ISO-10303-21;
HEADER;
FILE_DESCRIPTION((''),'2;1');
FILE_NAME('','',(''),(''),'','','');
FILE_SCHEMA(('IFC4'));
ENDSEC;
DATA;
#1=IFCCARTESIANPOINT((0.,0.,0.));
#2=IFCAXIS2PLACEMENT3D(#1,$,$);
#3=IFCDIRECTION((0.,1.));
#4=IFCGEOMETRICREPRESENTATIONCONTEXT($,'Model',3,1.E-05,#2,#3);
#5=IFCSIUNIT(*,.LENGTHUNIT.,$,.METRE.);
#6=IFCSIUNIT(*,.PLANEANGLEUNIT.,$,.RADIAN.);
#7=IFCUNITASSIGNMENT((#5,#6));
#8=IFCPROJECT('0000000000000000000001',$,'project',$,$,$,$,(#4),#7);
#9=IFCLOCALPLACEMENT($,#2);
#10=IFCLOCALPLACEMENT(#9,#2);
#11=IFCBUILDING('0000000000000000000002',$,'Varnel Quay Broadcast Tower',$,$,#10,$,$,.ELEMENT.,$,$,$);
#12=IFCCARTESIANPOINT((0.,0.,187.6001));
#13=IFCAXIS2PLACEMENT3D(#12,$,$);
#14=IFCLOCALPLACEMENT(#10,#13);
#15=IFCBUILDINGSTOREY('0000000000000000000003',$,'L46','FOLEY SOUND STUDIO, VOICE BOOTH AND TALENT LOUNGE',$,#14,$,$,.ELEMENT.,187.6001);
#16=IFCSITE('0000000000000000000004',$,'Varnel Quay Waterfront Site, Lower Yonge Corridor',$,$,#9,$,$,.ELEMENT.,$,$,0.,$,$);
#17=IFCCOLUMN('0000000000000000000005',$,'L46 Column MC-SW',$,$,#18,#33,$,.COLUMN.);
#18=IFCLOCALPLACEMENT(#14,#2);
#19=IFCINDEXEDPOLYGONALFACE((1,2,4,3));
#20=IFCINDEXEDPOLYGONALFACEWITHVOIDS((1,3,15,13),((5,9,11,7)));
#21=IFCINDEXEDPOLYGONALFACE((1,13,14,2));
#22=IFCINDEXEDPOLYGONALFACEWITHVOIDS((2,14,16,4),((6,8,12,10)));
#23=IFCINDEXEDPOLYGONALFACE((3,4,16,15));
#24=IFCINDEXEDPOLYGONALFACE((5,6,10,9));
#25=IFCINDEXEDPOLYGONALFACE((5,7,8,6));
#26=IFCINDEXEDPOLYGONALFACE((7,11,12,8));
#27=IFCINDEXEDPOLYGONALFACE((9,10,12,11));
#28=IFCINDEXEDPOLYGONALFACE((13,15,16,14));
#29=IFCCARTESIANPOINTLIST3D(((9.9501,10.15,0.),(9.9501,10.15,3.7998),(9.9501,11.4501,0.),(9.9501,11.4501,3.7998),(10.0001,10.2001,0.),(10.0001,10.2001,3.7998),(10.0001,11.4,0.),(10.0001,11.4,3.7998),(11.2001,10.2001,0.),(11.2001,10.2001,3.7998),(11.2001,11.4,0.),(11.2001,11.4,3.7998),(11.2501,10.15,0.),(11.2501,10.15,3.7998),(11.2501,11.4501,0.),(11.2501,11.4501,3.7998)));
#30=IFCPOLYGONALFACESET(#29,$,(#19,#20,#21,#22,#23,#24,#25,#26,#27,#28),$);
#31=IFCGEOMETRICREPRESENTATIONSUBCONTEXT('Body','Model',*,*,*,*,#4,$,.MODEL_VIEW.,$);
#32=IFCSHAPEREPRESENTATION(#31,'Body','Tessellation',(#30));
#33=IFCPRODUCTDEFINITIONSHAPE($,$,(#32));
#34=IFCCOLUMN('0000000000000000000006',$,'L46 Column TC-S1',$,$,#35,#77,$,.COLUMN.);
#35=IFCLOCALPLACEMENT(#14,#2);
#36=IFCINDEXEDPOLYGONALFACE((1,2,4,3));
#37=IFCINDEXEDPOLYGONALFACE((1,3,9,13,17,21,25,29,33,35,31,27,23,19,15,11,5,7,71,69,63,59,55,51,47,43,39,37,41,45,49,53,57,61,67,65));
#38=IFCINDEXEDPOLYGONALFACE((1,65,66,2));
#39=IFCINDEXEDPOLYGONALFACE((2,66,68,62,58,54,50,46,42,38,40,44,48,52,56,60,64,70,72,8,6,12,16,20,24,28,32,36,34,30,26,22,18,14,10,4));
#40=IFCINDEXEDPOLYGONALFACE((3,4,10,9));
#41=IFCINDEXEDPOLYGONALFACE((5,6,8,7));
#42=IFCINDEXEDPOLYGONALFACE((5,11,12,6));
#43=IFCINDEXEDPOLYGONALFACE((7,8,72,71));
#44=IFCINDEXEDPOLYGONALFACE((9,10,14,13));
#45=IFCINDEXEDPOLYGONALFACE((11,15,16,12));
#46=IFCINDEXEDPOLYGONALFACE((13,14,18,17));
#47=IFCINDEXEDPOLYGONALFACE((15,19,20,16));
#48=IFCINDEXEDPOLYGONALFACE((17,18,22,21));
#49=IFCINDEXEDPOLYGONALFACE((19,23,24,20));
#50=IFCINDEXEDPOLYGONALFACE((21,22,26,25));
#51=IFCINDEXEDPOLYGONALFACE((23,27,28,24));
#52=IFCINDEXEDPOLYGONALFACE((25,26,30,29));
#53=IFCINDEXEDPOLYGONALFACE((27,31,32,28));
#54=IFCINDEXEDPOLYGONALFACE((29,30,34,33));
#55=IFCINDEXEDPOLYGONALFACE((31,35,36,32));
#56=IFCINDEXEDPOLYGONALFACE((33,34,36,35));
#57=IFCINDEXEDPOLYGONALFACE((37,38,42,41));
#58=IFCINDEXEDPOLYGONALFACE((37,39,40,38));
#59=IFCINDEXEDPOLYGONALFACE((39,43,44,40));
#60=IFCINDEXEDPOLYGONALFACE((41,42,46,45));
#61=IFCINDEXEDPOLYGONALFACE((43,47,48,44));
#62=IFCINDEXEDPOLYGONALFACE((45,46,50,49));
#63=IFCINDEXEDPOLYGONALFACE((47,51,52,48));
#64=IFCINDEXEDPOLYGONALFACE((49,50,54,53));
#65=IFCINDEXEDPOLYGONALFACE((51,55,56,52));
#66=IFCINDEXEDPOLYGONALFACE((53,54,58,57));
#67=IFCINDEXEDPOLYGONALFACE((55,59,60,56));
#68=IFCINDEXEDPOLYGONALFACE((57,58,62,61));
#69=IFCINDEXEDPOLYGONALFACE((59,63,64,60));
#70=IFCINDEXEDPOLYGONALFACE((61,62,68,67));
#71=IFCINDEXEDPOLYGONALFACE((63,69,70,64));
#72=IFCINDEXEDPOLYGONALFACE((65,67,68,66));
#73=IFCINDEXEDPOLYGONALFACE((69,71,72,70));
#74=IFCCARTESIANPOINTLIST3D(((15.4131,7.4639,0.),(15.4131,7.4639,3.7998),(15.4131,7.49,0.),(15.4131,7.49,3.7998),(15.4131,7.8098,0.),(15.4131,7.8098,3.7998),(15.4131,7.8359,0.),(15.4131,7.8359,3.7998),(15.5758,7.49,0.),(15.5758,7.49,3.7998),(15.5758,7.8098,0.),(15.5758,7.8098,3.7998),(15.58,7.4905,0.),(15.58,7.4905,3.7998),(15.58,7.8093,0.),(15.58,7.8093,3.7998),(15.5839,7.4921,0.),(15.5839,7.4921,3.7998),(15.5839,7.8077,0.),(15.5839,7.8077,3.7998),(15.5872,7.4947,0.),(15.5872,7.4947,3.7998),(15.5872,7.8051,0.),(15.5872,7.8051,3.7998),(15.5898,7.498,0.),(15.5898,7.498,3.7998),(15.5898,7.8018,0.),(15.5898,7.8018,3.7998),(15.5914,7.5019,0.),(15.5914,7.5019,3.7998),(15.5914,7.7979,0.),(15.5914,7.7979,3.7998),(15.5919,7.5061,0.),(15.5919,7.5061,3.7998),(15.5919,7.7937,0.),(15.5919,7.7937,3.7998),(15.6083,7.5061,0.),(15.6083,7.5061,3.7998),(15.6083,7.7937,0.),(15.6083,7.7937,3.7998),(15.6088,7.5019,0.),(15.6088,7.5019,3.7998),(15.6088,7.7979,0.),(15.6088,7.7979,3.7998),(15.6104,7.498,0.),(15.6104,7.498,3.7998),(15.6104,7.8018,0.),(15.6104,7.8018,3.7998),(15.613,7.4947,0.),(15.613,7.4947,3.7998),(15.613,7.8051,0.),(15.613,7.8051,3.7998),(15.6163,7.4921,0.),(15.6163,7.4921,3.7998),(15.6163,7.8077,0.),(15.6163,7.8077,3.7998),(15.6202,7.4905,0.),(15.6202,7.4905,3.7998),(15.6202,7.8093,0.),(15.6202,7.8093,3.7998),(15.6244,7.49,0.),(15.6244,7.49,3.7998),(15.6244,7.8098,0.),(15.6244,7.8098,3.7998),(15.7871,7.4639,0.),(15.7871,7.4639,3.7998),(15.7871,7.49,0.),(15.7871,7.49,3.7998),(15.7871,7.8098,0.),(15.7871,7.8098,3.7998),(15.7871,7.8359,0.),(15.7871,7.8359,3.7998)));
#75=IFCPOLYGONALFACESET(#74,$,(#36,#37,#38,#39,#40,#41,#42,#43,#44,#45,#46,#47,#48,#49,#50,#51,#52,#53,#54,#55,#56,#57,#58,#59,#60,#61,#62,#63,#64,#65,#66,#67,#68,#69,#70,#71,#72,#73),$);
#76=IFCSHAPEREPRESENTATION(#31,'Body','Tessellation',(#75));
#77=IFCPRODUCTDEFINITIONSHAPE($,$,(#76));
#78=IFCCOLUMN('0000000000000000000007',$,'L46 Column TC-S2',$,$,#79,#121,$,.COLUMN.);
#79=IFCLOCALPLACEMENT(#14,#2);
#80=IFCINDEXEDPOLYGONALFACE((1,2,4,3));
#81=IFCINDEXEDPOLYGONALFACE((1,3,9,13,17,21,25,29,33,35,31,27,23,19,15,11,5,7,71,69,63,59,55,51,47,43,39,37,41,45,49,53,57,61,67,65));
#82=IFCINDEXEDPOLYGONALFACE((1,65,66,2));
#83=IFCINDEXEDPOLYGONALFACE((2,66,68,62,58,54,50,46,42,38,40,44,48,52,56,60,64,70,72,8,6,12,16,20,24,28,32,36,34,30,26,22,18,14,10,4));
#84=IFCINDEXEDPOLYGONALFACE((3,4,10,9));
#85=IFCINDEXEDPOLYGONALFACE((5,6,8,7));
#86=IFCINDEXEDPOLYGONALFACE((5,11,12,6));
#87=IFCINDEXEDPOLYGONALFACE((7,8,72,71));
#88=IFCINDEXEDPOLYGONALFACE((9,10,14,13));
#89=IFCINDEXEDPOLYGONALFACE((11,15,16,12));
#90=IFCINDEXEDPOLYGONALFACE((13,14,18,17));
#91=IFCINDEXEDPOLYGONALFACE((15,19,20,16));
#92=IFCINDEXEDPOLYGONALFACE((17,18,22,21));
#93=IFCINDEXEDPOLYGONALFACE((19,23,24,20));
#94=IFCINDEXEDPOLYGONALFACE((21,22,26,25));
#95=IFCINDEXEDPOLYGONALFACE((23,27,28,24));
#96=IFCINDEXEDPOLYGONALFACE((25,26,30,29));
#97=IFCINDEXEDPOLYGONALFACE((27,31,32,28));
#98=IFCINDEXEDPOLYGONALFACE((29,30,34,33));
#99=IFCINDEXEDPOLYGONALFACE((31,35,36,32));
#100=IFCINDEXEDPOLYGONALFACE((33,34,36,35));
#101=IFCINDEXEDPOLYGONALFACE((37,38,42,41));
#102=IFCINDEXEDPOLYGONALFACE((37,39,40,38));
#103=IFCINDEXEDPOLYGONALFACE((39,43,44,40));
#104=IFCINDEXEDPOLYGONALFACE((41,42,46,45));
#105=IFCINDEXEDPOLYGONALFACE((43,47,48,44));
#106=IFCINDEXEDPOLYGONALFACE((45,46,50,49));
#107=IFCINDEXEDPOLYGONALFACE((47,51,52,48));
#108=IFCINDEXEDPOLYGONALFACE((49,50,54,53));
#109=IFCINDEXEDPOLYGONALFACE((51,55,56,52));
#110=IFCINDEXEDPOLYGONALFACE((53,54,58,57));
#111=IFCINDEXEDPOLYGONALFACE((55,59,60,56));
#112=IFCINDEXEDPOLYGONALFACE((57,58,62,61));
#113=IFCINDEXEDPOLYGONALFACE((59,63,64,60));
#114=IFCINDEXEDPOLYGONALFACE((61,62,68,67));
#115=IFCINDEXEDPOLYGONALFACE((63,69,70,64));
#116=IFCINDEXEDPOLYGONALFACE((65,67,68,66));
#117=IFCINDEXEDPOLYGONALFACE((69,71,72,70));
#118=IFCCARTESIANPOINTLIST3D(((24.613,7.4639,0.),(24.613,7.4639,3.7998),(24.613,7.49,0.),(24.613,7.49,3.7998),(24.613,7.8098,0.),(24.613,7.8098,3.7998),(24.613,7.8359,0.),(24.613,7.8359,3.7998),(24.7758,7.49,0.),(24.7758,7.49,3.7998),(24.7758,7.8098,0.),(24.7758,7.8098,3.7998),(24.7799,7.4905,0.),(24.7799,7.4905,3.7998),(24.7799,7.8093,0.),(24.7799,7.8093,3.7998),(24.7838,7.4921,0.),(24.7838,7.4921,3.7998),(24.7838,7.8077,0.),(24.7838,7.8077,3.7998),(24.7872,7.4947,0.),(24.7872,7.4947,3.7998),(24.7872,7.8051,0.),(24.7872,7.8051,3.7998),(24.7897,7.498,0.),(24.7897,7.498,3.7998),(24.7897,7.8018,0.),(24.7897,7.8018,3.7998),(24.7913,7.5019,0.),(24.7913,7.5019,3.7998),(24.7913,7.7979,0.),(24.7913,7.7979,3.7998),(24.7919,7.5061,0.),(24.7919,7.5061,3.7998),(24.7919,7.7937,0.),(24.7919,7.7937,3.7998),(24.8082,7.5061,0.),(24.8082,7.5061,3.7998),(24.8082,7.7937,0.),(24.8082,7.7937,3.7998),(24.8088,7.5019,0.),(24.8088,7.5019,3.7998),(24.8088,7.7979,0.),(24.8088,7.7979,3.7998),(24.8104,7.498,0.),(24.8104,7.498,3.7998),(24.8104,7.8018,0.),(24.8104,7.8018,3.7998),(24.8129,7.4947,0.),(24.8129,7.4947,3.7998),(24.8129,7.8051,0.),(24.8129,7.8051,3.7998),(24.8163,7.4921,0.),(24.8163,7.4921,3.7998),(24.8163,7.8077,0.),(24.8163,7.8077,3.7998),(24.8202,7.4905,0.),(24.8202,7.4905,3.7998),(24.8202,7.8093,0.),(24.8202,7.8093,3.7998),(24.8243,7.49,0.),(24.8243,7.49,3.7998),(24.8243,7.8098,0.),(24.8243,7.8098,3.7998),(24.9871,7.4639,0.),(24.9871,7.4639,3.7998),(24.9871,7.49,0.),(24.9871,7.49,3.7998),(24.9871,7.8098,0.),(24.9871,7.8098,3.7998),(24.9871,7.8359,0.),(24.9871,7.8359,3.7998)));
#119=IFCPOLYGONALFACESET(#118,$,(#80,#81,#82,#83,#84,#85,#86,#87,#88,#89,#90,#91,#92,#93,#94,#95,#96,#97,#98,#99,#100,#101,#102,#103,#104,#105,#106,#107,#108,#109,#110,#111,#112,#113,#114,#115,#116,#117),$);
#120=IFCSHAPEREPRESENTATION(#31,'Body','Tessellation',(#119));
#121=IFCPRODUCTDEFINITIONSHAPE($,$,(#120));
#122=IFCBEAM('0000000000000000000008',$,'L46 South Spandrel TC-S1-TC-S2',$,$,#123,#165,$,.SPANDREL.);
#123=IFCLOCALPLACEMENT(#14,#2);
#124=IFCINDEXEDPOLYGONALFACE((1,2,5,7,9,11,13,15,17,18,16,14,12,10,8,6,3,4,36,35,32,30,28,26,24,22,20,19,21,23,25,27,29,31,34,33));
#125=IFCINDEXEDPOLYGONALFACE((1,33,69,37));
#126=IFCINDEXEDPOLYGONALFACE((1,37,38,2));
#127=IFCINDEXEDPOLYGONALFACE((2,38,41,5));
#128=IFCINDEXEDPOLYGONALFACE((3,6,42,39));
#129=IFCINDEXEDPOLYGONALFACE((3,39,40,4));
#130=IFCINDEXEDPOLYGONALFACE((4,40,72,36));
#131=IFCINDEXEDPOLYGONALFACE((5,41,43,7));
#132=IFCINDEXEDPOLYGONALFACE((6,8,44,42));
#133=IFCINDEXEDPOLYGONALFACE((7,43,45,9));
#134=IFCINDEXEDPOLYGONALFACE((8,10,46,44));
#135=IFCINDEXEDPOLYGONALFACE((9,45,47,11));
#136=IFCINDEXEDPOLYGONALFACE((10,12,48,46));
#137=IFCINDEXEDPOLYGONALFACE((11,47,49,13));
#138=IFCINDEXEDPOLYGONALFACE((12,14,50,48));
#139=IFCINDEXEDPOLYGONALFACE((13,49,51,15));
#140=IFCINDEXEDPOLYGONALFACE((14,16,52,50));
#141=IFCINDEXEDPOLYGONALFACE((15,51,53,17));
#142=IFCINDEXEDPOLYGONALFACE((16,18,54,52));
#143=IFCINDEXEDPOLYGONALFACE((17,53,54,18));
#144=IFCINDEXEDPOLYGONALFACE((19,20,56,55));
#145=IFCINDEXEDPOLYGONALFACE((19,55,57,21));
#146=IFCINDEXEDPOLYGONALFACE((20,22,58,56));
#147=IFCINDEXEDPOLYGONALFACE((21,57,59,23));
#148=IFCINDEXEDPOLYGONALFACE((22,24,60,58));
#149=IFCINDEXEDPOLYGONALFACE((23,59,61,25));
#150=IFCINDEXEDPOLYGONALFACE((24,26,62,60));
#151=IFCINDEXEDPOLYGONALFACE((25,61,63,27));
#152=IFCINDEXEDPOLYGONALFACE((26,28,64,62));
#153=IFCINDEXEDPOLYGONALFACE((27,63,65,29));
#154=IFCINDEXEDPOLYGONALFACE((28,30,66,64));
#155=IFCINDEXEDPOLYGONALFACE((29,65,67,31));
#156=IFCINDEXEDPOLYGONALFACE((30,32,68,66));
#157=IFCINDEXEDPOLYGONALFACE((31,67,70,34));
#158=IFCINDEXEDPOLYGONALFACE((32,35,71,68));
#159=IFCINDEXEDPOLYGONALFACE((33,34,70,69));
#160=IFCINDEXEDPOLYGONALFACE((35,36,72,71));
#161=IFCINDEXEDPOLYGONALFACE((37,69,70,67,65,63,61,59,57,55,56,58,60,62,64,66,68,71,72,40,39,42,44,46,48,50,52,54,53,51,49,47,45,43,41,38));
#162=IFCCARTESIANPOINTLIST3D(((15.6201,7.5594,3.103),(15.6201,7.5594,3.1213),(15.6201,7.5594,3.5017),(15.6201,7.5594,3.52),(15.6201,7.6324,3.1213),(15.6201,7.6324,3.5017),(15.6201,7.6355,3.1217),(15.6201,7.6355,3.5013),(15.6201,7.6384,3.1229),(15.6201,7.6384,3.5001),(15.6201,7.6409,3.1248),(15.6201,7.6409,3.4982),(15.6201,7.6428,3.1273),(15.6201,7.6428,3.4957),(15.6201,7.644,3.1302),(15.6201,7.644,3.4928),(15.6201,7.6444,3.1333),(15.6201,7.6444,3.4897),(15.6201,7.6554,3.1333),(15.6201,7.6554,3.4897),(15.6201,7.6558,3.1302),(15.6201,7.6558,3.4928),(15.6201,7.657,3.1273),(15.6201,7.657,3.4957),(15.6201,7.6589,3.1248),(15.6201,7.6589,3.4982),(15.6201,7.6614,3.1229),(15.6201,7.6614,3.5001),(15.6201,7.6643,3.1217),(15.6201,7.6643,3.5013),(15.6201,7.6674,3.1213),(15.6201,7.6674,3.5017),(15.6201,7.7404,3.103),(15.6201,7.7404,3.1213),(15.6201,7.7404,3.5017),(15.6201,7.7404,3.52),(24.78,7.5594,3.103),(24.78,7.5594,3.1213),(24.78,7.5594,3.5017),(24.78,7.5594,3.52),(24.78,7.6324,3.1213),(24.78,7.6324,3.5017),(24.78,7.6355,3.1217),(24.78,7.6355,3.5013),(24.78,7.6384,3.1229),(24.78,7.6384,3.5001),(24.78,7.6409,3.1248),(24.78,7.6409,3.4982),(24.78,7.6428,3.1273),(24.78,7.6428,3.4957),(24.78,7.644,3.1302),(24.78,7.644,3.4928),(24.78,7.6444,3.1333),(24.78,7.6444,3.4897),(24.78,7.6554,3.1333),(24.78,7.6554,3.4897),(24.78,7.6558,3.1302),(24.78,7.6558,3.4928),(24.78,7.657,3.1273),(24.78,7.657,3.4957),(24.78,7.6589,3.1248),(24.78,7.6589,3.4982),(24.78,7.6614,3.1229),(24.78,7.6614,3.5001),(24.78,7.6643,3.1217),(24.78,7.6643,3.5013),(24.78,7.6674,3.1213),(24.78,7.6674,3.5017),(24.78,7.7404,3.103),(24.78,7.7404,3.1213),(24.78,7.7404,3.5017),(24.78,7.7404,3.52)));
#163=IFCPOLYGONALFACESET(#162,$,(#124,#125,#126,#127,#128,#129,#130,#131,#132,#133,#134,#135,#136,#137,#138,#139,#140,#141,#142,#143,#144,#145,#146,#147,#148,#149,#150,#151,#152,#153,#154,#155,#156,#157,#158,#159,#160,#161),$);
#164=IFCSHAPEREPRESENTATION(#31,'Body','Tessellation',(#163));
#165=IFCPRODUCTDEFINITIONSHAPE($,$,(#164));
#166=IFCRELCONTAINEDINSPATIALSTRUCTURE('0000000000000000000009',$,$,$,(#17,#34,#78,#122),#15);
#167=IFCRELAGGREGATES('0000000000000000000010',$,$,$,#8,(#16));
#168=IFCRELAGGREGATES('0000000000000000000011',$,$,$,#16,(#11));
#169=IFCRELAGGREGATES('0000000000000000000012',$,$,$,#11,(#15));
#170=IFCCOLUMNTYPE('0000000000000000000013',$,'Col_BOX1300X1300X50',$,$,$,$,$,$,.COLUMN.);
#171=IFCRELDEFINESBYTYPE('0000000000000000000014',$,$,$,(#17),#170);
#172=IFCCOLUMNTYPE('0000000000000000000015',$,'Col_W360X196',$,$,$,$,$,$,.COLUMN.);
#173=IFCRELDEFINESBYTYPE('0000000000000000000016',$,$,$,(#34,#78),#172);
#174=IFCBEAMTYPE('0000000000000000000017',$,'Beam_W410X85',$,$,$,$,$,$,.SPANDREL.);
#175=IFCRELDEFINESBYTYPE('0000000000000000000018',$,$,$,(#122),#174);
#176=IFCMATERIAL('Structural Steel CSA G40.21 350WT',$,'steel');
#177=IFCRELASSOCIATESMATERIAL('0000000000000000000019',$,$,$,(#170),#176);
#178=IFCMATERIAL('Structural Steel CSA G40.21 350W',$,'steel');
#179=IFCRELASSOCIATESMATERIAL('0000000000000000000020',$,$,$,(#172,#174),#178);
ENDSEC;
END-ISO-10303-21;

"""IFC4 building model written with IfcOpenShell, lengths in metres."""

from ifc_helpers import new_model, si_unit, direction, frame, origin, origin_2d, place, context, subcontext, project, spatial, hollow_rectangle, i_section, extrude, source, transform, mapped, material, material_profile, profile_set, type_object, type_shapes, element, save


model = new_model("IFC4")

# Units and contexts
model_context = context("Model", 3, precision=1e-05, world=origin(), true_north=direction((0.0, 1.0)))
body_context = subcontext(model_context, "Body", "Model", "MODEL_VIEW")
ifc_project = project(units=[si_unit("LENGTHUNIT", "METRE"), si_unit("PLANEANGLEUNIT", "RADIAN")], contexts=[model_context])

# Site, building, storey
site_placement = place(None, origin())
site = spatial("IfcSite", under=ifc_project, at=site_placement, Name="Varnel Quay Waterfront Site, Lower Yonge Corridor", CompositionType="ELEMENT", RefElevation=0.0)
building_placement = place(site_placement, origin())
building = spatial("IfcBuilding", under=site, at=building_placement, Name="Varnel Quay Broadcast Tower", CompositionType="ELEMENT")
storey_placement = place(building_placement, frame((0.0, 0.0, 187.6001)))
storey = spatial("IfcBuildingStorey", under=building, at=storey_placement, Name="L46", Description="FOLEY SOUND STUDIO, VOICE BOOTH AND TALENT LOUNGE", CompositionType="ELEMENT", Elevation=187.6001)

# Columns
ifc_material_1 = material(Name="Structural Steel CSA G40.21 350WT", Category="steel")
ifc_material_profile_1 = material_profile(ifc_material_1, hollow_rectangle(XDim=1.3, YDim=1.3, WallThickness=0.05, at=origin_2d()), Name="BOX1300X1300X50")
ifc_profile_set_1 = profile_set([ifc_material_profile_1], Name="Structural Steel CSA G40.21 350WT")
column_type_1 = type_object("IfcColumnType", Name="Col_BOX1300X1300X50", PredefinedType="COLUMN", material=ifc_profile_set_1)
shared_shape_1 = source(origin(), body_context, "Body", "SweptSolid", [
    extrude(hollow_rectangle(XDim=1.3, YDim=1.3, WallThickness=0.05, at=origin_2d()), origin(), (0.0, 0.0, 1.0), 3.7998),
])
type_shapes(column_type_1, [shared_shape_1])
column_placement = place(storey_placement, frame((10.6001, 10.8, 0.0), z_axis=(0.0, 0.0, 1.0), x_axis=(1.0, 0.0, 0.0)))
element("IfcColumn", 1, at=column_placement, inside=storey, type_object=column_type_1, Name="L46 Column MC-SW", PredefinedType="COLUMN", context=body_context, shape_type="MappedRepresentation", body=[
    mapped(shared_shape_1, transform((0.0, 0.0, 0.0), x_axis=(1.0, 0.0, 0.0), y_axis=(0.0, 1.0, 0.0), z_axis=(0.0, 0.0, 1.0), scale=1.0)),
])
ifc_material_2 = material(Name="Structural Steel CSA G40.21 350W", Category="steel")
ifc_material_profile_2 = material_profile(ifc_material_2, i_section(OverallWidth=0.374, OverallDepth=0.3721, WebThickness=0.0164, FlangeThickness=0.0261, FilletRadius=0.0161, at=origin_2d()), Name="W360X196")
ifc_profile_set_2 = profile_set([ifc_material_profile_2], Name="Structural Steel CSA G40.21 350W")
column_type_2 = type_object("IfcColumnType", Name="Col_W360X196", PredefinedType="COLUMN", material=ifc_profile_set_2)
shared_shape_2 = source(origin(), body_context, "Body", "SweptSolid", [
    extrude(i_section(OverallWidth=0.374, OverallDepth=0.3721, WebThickness=0.0164, FlangeThickness=0.0261, FilletRadius=0.0161, at=origin_2d()), origin(), (0.0, 0.0, 1.0), 3.7998),
])
type_shapes(column_type_2, [shared_shape_2])
for number, where, z_axis, x_axis, name in (
    (2, (15.6001, 7.6499, 0.0), (0.0, 0.0, 1.0), (1.0, 0.0, 0.0), "L46 Column TC-S1"),
    (3, (24.8, 7.6499, 0.0), (0.0, 0.0, 1.0), (1.0, 0.0, 0.0), "L46 Column TC-S2"),
):
    element("IfcColumn", number, at=place(storey_placement, frame(where, z_axis=z_axis, x_axis=x_axis)), inside=storey, type_object=column_type_2, Name=name, PredefinedType="COLUMN", context=body_context, shape_type="MappedRepresentation", body=[
        mapped(shared_shape_2, transform((0.0, 0.0, 0.0), x_axis=(1.0, 0.0, 0.0), y_axis=(0.0, 1.0, 0.0), z_axis=(0.0, 0.0, 1.0), scale=1.0)),
    ])

# Beam
ifc_material_profile_3 = material_profile(ifc_material_2, i_section(OverallWidth=0.1809, OverallDepth=0.417, WebThickness=0.011, FlangeThickness=0.0183, FilletRadius=0.012, at=origin_2d()), Name="W410X85")
ifc_profile_set_3 = profile_set([ifc_material_profile_3], Name="Structural Steel CSA G40.21 350W")
beam_type_1 = type_object("IfcBeamType", Name="Beam_W410X85", PredefinedType="SPANDREL", material=ifc_profile_set_3)
shared_shape_3 = source(origin(), body_context, "Body", "SweptSolid", [
    extrude(i_section(OverallWidth=0.1809, OverallDepth=0.417, WebThickness=0.011, FlangeThickness=0.0183, FilletRadius=0.012, at=origin_2d()), origin(), (0.0, 0.0, 1.0), 9.1599),
])
for number, where, z_axis, x_axis, name in (
    (4, (15.6201, 7.6499, 3.3115), (1.0, 0.0, 0.0), (0.0, 1.0, 0.0), "L46 South Spandrel TC-S1-TC-S2"),
):
    element("IfcBeam", number, at=place(storey_placement, frame(where, z_axis=z_axis, x_axis=x_axis)), inside=storey, type_object=beam_type_1, Name=name, PredefinedType="SPANDREL", context=body_context, shape_type="MappedRepresentation", body=[
        mapped(shared_shape_3, transform((0.0, 0.0, 0.0), x_axis=(1.0, 0.0, 0.0), y_axis=(0.0, 1.0, 0.0), z_axis=(0.0, 0.0, 1.0), scale=1.0)),
    ])

save(model, "model.ifc")
